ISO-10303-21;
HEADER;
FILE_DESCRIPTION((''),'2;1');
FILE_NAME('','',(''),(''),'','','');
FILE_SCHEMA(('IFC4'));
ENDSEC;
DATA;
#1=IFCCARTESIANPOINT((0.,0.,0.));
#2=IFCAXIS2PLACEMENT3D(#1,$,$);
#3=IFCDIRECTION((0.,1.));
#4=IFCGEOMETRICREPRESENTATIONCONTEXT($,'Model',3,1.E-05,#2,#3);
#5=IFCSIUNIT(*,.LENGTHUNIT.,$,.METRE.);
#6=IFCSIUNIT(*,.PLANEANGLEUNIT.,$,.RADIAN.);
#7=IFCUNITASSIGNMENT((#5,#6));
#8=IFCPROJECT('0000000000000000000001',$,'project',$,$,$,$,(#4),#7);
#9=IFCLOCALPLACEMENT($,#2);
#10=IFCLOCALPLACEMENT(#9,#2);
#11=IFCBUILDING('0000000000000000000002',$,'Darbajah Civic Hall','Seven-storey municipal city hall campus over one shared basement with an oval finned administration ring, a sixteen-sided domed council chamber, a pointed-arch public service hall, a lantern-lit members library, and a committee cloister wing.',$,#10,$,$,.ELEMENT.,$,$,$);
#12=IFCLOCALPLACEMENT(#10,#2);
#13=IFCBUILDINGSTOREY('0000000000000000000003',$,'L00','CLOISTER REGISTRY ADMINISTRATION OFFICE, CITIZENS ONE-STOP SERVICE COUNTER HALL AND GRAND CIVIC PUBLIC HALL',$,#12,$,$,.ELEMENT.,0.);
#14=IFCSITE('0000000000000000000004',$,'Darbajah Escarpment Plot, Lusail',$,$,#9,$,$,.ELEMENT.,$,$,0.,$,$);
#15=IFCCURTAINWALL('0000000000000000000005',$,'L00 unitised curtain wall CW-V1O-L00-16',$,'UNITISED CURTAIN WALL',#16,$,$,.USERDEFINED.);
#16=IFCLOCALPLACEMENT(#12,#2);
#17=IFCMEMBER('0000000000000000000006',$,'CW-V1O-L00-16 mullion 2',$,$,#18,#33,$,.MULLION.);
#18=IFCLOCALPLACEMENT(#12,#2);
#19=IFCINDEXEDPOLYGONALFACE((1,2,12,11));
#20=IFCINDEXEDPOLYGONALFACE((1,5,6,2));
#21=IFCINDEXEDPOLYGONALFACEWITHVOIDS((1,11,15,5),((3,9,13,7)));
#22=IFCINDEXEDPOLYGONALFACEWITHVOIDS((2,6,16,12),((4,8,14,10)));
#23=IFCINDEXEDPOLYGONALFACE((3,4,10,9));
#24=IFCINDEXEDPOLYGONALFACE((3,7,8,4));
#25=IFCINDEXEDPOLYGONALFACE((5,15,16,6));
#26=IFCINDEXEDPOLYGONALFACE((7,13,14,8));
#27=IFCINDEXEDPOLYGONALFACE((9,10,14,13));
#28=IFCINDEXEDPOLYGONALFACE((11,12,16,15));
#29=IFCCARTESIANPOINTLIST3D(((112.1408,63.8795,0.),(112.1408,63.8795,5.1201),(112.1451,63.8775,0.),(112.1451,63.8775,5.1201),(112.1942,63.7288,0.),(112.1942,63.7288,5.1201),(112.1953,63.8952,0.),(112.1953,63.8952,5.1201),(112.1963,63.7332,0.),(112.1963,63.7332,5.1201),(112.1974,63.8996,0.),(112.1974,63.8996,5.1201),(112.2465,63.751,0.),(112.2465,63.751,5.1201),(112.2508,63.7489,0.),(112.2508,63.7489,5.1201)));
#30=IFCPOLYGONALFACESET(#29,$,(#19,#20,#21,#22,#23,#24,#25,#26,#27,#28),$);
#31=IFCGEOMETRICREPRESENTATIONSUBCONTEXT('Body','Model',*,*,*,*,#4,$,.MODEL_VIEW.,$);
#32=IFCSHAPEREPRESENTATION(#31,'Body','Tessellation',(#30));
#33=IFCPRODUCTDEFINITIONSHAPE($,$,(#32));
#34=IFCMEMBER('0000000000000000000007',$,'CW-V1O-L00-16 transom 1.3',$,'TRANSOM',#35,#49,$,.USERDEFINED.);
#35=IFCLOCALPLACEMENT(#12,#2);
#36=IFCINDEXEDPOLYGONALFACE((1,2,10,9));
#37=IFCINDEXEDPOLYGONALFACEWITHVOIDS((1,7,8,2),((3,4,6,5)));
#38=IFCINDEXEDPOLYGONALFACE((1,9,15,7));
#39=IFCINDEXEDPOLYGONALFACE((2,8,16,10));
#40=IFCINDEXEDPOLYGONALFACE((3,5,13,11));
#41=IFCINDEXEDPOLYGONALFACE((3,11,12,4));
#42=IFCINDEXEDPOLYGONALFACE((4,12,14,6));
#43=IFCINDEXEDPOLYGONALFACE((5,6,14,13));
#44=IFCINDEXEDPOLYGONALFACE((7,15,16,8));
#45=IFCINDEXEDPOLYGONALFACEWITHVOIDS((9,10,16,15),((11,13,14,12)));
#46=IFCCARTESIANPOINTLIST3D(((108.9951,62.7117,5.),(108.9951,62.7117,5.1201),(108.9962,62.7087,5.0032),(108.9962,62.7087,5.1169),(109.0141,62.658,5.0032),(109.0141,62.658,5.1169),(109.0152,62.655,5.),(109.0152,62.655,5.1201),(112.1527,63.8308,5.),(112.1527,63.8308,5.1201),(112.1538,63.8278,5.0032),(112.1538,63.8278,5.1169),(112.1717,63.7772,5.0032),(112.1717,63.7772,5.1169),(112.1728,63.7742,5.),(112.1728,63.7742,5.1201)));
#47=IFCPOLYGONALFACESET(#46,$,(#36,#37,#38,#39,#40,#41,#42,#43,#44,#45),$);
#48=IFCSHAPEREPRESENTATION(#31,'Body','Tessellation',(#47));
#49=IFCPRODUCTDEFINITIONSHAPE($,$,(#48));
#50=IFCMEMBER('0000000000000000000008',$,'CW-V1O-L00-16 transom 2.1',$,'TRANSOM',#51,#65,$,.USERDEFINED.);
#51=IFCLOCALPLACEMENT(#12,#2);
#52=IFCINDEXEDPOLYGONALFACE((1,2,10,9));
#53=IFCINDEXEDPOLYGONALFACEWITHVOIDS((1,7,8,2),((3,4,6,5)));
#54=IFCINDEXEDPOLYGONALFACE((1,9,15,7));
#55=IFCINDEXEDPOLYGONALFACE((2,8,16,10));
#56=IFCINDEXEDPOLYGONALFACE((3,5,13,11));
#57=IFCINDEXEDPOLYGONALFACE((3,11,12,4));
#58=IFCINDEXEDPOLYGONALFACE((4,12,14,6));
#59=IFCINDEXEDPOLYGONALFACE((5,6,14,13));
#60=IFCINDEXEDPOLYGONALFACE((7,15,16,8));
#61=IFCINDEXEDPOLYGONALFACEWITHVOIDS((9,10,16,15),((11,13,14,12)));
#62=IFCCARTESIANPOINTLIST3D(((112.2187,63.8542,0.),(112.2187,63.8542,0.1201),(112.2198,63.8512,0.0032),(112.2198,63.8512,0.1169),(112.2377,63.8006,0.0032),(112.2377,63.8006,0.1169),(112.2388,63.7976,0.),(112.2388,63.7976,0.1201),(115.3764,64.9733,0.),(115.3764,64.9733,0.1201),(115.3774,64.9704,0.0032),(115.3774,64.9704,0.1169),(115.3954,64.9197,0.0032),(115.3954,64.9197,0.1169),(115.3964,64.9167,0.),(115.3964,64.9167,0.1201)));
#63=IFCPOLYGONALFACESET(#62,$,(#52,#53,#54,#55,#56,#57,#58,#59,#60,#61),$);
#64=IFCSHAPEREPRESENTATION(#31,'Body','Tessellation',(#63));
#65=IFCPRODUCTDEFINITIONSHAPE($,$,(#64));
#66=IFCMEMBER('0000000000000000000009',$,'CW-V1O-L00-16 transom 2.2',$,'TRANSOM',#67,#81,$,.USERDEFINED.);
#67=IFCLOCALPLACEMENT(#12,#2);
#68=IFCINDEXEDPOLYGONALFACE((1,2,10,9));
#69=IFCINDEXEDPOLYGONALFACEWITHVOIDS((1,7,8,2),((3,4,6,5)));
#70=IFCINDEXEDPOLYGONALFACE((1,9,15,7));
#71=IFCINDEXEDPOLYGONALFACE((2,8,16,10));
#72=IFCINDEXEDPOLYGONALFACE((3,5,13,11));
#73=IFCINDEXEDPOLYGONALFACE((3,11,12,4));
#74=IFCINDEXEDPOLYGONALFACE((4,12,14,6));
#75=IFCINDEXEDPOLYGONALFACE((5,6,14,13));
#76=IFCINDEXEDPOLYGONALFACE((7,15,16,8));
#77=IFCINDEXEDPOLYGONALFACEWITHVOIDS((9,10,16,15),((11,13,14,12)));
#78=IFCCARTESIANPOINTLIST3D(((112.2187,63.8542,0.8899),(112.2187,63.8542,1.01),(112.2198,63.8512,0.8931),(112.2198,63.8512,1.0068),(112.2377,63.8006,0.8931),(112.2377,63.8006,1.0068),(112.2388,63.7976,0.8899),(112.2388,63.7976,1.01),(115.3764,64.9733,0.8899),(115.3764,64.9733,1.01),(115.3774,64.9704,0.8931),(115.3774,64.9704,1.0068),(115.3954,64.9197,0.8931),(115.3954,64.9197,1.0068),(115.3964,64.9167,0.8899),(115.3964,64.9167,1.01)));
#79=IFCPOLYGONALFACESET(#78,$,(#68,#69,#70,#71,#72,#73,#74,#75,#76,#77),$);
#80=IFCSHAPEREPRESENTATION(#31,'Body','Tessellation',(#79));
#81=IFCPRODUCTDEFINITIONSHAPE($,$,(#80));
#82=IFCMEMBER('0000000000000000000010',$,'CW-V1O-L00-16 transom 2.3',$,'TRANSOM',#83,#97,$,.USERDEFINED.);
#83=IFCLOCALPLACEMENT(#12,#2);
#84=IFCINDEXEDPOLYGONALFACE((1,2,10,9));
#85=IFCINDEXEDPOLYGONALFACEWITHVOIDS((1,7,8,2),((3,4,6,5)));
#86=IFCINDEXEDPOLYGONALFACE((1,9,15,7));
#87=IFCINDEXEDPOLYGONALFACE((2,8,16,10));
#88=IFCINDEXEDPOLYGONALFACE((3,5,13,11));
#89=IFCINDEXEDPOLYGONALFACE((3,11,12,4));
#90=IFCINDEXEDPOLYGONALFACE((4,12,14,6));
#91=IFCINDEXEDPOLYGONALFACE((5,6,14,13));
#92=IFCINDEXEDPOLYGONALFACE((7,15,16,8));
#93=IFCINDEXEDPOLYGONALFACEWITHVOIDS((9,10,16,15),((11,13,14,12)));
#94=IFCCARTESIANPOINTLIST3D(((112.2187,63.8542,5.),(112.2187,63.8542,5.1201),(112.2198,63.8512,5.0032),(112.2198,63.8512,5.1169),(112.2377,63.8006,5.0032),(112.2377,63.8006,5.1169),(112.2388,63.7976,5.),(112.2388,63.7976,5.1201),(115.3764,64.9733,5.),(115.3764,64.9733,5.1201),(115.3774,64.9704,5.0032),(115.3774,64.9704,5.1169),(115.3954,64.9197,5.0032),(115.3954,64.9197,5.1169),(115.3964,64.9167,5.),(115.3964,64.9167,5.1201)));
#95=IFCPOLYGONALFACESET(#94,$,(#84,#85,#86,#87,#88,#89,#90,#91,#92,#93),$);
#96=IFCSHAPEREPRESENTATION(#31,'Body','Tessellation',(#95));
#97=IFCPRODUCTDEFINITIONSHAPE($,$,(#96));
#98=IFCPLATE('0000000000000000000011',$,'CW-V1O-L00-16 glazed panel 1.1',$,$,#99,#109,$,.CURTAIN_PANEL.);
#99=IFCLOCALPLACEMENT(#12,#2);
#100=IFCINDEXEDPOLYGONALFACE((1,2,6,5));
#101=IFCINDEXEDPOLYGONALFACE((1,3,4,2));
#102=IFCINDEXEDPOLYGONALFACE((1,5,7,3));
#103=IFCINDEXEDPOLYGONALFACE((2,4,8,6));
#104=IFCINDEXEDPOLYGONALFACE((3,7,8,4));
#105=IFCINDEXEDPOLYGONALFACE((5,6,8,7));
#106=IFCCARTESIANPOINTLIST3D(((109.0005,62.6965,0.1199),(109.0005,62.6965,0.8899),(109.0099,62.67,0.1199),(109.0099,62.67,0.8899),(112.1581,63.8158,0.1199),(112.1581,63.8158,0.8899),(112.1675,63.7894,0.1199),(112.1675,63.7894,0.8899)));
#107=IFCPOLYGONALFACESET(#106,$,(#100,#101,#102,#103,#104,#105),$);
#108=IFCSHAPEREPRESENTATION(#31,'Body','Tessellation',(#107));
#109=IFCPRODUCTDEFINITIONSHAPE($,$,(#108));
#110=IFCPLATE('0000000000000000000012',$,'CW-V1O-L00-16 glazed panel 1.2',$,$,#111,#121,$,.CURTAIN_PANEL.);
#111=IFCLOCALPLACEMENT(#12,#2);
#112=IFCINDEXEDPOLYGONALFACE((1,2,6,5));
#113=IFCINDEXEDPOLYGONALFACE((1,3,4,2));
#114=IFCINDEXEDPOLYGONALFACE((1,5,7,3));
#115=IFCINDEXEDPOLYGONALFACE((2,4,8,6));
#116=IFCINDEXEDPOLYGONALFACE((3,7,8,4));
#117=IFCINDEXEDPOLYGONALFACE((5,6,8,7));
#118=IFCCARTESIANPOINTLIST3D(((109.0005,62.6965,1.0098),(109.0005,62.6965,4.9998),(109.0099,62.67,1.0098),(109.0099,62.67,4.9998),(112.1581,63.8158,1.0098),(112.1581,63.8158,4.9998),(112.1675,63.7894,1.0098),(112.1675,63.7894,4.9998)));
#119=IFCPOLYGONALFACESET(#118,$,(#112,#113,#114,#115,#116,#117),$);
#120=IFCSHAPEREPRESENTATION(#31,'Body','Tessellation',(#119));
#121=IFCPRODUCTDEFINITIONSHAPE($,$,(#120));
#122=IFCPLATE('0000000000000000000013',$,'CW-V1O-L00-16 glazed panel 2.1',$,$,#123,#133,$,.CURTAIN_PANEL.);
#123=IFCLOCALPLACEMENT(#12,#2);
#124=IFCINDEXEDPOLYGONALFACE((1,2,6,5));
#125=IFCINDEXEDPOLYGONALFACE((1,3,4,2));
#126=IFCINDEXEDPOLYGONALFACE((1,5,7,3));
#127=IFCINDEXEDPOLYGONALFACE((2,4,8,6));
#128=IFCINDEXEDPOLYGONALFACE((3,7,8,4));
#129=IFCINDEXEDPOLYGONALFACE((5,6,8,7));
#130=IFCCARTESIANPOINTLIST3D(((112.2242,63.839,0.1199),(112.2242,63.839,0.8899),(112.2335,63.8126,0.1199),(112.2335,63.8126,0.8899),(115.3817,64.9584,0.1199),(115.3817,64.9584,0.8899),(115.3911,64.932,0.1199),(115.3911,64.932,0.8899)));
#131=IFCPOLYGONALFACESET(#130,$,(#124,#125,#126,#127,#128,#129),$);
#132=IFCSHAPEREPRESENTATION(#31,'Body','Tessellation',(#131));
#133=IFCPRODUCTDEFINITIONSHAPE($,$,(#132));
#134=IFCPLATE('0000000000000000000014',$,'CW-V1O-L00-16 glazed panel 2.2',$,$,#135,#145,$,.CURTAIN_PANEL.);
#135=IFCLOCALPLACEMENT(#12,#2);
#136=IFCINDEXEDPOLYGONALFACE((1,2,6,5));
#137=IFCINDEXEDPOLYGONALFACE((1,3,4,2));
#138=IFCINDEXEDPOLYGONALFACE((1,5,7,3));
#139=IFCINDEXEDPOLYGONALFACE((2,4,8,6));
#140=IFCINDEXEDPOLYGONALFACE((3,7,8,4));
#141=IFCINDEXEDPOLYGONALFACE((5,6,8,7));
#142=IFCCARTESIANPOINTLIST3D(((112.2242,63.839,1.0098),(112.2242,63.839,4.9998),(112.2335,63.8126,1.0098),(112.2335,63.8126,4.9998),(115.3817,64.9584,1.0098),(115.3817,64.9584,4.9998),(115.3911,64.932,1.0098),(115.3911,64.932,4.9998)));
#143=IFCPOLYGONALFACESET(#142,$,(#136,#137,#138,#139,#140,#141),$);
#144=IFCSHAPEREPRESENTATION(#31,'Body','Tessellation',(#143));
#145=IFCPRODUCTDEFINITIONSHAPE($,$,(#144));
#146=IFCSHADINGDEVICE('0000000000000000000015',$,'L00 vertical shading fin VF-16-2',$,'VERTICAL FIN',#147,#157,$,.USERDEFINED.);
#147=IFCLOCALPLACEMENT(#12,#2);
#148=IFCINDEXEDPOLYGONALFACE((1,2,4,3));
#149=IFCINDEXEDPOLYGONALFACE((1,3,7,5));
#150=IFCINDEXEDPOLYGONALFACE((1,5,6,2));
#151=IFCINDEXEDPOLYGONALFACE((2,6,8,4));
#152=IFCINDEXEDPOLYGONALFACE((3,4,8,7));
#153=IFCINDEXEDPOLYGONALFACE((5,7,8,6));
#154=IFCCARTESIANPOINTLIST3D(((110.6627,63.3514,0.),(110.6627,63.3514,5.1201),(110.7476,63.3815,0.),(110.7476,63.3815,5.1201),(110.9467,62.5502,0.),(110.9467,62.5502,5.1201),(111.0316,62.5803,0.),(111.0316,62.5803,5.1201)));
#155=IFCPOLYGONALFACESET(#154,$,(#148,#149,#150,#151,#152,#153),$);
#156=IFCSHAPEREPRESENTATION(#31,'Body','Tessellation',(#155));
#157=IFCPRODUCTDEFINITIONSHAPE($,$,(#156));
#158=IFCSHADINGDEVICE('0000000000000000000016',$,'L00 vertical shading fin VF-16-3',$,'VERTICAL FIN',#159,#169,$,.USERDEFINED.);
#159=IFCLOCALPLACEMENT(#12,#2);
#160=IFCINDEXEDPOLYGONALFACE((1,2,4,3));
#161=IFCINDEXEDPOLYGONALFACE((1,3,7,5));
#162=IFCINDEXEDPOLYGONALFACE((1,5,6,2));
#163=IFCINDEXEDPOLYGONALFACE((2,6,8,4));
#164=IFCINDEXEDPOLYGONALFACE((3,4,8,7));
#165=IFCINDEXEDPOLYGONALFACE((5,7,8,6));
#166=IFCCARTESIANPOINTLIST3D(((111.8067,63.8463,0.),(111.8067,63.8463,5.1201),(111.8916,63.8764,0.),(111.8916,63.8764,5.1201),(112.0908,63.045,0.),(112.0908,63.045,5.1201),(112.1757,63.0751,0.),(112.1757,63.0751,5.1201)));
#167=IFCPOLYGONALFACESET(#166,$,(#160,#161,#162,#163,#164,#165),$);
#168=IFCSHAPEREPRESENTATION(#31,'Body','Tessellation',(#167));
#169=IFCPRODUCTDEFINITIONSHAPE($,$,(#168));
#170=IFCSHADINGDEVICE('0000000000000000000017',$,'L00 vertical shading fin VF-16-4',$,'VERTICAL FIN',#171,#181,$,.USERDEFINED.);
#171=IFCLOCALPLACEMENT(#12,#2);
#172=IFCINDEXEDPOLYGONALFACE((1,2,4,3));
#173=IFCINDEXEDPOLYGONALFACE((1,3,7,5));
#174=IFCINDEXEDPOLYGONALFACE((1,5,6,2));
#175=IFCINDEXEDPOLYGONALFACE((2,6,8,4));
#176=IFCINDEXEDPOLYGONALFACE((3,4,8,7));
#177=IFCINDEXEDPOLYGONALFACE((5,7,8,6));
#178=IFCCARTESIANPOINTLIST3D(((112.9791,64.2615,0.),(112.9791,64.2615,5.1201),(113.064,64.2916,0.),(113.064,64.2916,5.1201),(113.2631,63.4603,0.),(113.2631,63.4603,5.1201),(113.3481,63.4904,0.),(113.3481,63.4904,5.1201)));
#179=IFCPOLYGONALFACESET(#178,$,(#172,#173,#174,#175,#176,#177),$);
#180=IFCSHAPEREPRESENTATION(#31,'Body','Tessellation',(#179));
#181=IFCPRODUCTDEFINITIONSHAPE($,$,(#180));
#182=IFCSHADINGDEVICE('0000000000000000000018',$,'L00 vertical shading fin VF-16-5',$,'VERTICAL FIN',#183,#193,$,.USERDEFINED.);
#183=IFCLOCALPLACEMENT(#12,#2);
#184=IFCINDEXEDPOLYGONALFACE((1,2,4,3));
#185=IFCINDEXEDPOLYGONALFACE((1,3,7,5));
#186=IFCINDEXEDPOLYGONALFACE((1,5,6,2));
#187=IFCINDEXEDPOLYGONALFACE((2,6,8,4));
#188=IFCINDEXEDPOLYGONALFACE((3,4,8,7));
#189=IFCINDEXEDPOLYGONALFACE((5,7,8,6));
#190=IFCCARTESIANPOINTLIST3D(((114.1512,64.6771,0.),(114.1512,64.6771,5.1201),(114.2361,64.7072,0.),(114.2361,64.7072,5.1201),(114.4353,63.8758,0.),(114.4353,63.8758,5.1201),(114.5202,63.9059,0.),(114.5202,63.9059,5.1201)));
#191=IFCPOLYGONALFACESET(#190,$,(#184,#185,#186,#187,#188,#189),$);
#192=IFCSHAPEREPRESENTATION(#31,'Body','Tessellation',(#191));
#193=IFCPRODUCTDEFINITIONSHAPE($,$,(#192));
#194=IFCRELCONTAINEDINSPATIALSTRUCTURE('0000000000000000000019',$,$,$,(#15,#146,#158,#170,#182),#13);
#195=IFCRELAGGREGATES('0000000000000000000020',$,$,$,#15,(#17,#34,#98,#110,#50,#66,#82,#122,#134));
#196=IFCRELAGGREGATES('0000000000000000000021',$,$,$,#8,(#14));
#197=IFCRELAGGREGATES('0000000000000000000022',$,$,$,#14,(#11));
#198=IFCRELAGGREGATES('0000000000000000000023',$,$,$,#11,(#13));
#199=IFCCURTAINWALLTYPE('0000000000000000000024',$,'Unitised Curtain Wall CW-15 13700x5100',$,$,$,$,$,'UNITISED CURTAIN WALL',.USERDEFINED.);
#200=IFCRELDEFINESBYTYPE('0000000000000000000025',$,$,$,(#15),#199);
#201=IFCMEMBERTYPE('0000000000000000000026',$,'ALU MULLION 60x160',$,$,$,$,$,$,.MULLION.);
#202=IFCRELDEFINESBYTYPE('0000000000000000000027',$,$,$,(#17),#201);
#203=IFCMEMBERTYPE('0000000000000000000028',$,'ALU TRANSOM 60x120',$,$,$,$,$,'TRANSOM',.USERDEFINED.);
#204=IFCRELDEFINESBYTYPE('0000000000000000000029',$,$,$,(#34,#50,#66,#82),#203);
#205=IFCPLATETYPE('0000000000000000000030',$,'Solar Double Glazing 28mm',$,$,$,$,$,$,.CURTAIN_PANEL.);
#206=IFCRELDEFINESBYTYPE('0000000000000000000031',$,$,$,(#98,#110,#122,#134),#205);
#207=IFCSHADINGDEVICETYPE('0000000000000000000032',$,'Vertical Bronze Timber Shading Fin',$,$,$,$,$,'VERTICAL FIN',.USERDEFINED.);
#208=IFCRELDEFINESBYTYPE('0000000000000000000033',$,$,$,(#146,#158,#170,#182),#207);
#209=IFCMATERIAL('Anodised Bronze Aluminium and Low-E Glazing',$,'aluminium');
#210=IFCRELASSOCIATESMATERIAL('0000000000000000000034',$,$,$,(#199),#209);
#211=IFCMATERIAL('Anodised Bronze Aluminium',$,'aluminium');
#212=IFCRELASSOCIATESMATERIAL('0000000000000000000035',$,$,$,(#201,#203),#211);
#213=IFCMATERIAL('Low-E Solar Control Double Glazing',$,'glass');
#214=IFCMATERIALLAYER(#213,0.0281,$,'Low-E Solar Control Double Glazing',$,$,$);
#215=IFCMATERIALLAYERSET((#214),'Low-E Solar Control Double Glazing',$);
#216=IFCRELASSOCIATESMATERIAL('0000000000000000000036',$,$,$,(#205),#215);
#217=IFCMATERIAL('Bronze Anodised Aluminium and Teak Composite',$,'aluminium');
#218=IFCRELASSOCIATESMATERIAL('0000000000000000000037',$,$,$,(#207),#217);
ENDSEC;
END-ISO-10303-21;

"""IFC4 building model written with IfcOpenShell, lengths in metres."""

from ifc_helpers import new_model, si_unit, direction, frame, origin, origin_2d, place, context, subcontext, project, spatial, rectangle, hollow_rectangle, extrude, material, layer, layer_set, material_profile, profile_set, type_object, element, aggregate, save


model = new_model("IFC4")

# Units and contexts
model_context = context("Model", 3, precision=1e-05, world=origin(), true_north=direction((0.0, 1.0)))
body_context = subcontext(model_context, "Body", "Model", "MODEL_VIEW")
ifc_project = project(units=[si_unit("LENGTHUNIT", "METRE"), si_unit("PLANEANGLEUNIT", "RADIAN")], contexts=[model_context])

# Site, building, storey
site_placement = place(None, origin())
site = spatial("IfcSite", under=ifc_project, at=site_placement, Name="Darbajah Escarpment Plot, Lusail", CompositionType="ELEMENT", RefElevation=0.0)
building_placement = place(site_placement, origin())
building = spatial("IfcBuilding", under=site, at=building_placement, Name="Darbajah Civic Hall", Description="Seven-storey municipal city hall campus over one shared basement with an oval finned administration ring, a sixteen-sided domed council chamber, a pointed-arch public service hall, a lantern-lit members library, and a committee cloister wing.", CompositionType="ELEMENT")
storey_placement = place(building_placement, origin())
storey = spatial("IfcBuildingStorey", under=building, at=storey_placement, Name="L00", Description="CLOISTER REGISTRY ADMINISTRATION OFFICE, CITIZENS ONE-STOP SERVICE COUNTER HALL AND GRAND CIVIC PUBLIC HALL", CompositionType="ELEMENT", Elevation=0.0)

# Curtain wall, members, plates
ifc_material_1 = material(Name="Anodised Bronze Aluminium and Low-E Glazing", Category="aluminium")
curtain_wall_type = type_object("IfcCurtainWallType", Name="Unitised Curtain Wall CW-15 13700x5100", ElementType="UNITISED CURTAIN WALL", PredefinedType="USERDEFINED", material=ifc_material_1)
curtain_wall_placement = place(storey_placement, origin())
curtain_wall = element("IfcCurtainWall", 1, at=curtain_wall_placement, inside=storey, type_object=curtain_wall_type, Name="L00 unitised curtain wall CW-V1O-L00-16", ObjectType="UNITISED CURTAIN WALL", PredefinedType="USERDEFINED")
ifc_material_2 = material(Name="Anodised Bronze Aluminium", Category="aluminium")
ifc_material_profile_1 = material_profile(ifc_material_2, hollow_rectangle(XDim=0.0601, YDim=0.1599, WallThickness=0.0034, at=origin_2d()), Name="ALU MULLION 60x160")
ifc_profile_set_1 = profile_set([ifc_material_profile_1], Name="Anodised Bronze Aluminium")
member_type_1 = type_object("IfcMemberType", Name="ALU MULLION 60x160", PredefinedType="MULLION", material=ifc_profile_set_1)
member_1_placement = place(storey_placement, frame((112.1958, 63.8142, 0.0), z_axis=(0.0, 0.0, 1.0), x_axis=(0.942525, 0.334136, 0.0)))
member_1 = element("IfcMember", 2, at=member_1_placement, type_object=member_type_1, Name="CW-V1O-L00-16 mullion 2", PredefinedType="MULLION", context=body_context, shape_type="SweptSolid", body=[
    extrude(hollow_rectangle(XDim=0.0601, YDim=0.1599, WallThickness=0.0034, at=origin_2d()), origin(), (0.0, 0.0, 1.0), 5.1201),
])
ifc_material_profile_2 = material_profile(ifc_material_2, hollow_rectangle(XDim=0.0601, YDim=0.1201, WallThickness=0.0032, at=origin_2d()), Name="ALU TRANSOM 60x120")
ifc_profile_set_2 = profile_set([ifc_material_profile_2], Name="Anodised Bronze Aluminium")
member_type_2 = type_object("IfcMemberType", Name="ALU TRANSOM 60x120", ElementType="TRANSOM", PredefinedType="USERDEFINED", material=ifc_profile_set_2)
member_2_placement = place(storey_placement, frame((109.0051, 62.6833, 5.0601), z_axis=(0.942554, 0.334055, 0.0), x_axis=(-0.334055, 0.942554, 0.0)))
member_2 = element("IfcMember", 3, at=member_2_placement, type_object=member_type_2, Name="CW-V1O-L00-16 transom 1.3", ObjectType="TRANSOM", PredefinedType="USERDEFINED", context=body_context, shape_type="SweptSolid", body=[
    extrude(hollow_rectangle(XDim=0.0601, YDim=0.1201, WallThickness=0.0032, at=origin_2d()), origin(), (0.0, 0.0, 1.0), 3.3501),
])
member_3_placement = place(storey_placement, frame((112.2288, 63.8259, 0.0601), z_axis=(0.942554, 0.334055, 0.0), x_axis=(-0.334055, 0.942554, 0.0)))
member_3 = element("IfcMember", 4, at=member_3_placement, type_object=member_type_2, Name="CW-V1O-L00-16 transom 2.1", ObjectType="TRANSOM", PredefinedType="USERDEFINED", context=body_context, shape_type="SweptSolid", body=[
    extrude(hollow_rectangle(XDim=0.0601, YDim=0.1201, WallThickness=0.0032, at=origin_2d()), origin(), (0.0, 0.0, 1.0), 3.3501),
])
member_4_placement = place(storey_placement, frame((112.2288, 63.8259, 0.95), z_axis=(0.942554, 0.334055, 0.0), x_axis=(-0.334055, 0.942554, 0.0)))
member_4 = element("IfcMember", 5, at=member_4_placement, type_object=member_type_2, Name="CW-V1O-L00-16 transom 2.2", ObjectType="TRANSOM", PredefinedType="USERDEFINED", context=body_context, shape_type="SweptSolid", body=[
    extrude(hollow_rectangle(XDim=0.0601, YDim=0.1201, WallThickness=0.0032, at=origin_2d()), origin(), (0.0, 0.0, 1.0), 3.3501),
])
member_5_placement = place(storey_placement, frame((112.2288, 63.8259, 5.0601), z_axis=(0.942554, 0.334055, 0.0), x_axis=(-0.334055, 0.942554, 0.0)))
member_5 = element("IfcMember", 6, at=member_5_placement, type_object=member_type_2, Name="CW-V1O-L00-16 transom 2.3", ObjectType="TRANSOM", PredefinedType="USERDEFINED", context=body_context, shape_type="SweptSolid", body=[
    extrude(hollow_rectangle(XDim=0.0601, YDim=0.1201, WallThickness=0.0032, at=origin_2d()), origin(), (0.0, 0.0, 1.0), 3.3501),
])
ifc_material_3 = material(Name="Low-E Solar Control Double Glazing", Category="glass")
ifc_layer = layer(ifc_material_3, 0.0281, Name="Low-E Solar Control Double Glazing")
ifc_layer_set = layer_set([ifc_layer], Name="Low-E Solar Control Double Glazing")
plate_type = type_object("IfcPlateType", Name="Solar Double Glazing 28mm", PredefinedType="CURTAIN_PANEL", material=ifc_layer_set)
plate_1_placement = place(storey_placement, frame((110.584, 63.2429, 0.1199), z_axis=(0.0, 0.0, 1.0), x_axis=(0.942525, 0.334136, 0.0)))
plate_1 = element("IfcPlate", 7, at=plate_1_placement, type_object=plate_type, Name="CW-V1O-L00-16 glazed panel 1.1", PredefinedType="CURTAIN_PANEL", context=body_context, shape_type="SweptSolid", body=[
    extrude(rectangle(XDim=3.3501, YDim=0.0281, at=origin_2d()), origin(), (0.0, 0.0, 1.0), 0.77),
])
plate_2_placement = place(storey_placement, frame((110.584, 63.2429, 1.0098), z_axis=(0.0, 0.0, 1.0), x_axis=(0.942525, 0.334136, 0.0)))
plate_2 = element("IfcPlate", 8, at=plate_2_placement, type_object=plate_type, Name="CW-V1O-L00-16 glazed panel 1.2", PredefinedType="CURTAIN_PANEL", context=body_context, shape_type="SweptSolid", body=[
    extrude(rectangle(XDim=3.3501, YDim=0.0281, at=origin_2d()), origin(), (0.0, 0.0, 1.0), 3.99),
])
plate_3_placement = place(storey_placement, frame((113.8076, 64.3855, 0.1199), z_axis=(0.0, 0.0, 1.0), x_axis=(0.942525, 0.334136, 0.0)))
plate_3 = element("IfcPlate", 9, at=plate_3_placement, type_object=plate_type, Name="CW-V1O-L00-16 glazed panel 2.1", PredefinedType="CURTAIN_PANEL", context=body_context, shape_type="SweptSolid", body=[
    extrude(rectangle(XDim=3.3501, YDim=0.0281, at=origin_2d()), origin(), (0.0, 0.0, 1.0), 0.77),
])
plate_4_placement = place(storey_placement, frame((113.8076, 64.3855, 1.0098), z_axis=(0.0, 0.0, 1.0), x_axis=(0.942525, 0.334136, 0.0)))
plate_4 = element("IfcPlate", 10, at=plate_4_placement, type_object=plate_type, Name="CW-V1O-L00-16 glazed panel 2.2", PredefinedType="CURTAIN_PANEL", context=body_context, shape_type="SweptSolid", body=[
    extrude(rectangle(XDim=3.3501, YDim=0.0281, at=origin_2d()), origin(), (0.0, 0.0, 1.0), 3.99),
])
aggregate(curtain_wall, [member_1, member_2, plate_1, plate_2, member_3, member_4, member_5, plate_3, plate_4])

# Shading devices
ifc_material_4 = material(Name="Bronze Anodised Aluminium and Teak Composite", Category="aluminium")
shading_device_type = type_object("IfcShadingDeviceType", Name="Vertical Bronze Timber Shading Fin", ElementType="VERTICAL FIN", PredefinedType="USERDEFINED", material=ifc_material_4)
for number, where, z_axis, x_axis, name in (
    (11, (110.8472, 62.9658, 0.0), (0.0, 0.0, 1.0), (0.334136, -0.942525, 0.0), "L00 vertical shading fin VF-16-2"),
    (12, (111.9912, 63.4607, 0.0), (0.0, 0.0, 1.0), (0.334136, -0.942525, 0.0), "L00 vertical shading fin VF-16-3"),
    (13, (113.1636, 63.876, 0.0), (0.0, 0.0, 1.0), (0.334136, -0.942525, 0.0), "L00 vertical shading fin VF-16-4"),
    (14, (114.3357, 64.2915, 0.0), (0.0, 0.0, 1.0), (0.334136, -0.942525, 0.0), "L00 vertical shading fin VF-16-5"),
):
    element("IfcShadingDevice", number, at=place(storey_placement, frame(where, z_axis=z_axis, x_axis=x_axis)), inside=storey, type_object=shading_device_type, Name=name, ObjectType="VERTICAL FIN", PredefinedType="USERDEFINED", context=body_context, shape_type="SweptSolid", body=[
        extrude(rectangle(XDim=0.8501, YDim=0.0901, at=origin_2d()), origin(), (0.0, 0.0, 1.0), 5.1201),
    ])

save(model, "model.ifc")
